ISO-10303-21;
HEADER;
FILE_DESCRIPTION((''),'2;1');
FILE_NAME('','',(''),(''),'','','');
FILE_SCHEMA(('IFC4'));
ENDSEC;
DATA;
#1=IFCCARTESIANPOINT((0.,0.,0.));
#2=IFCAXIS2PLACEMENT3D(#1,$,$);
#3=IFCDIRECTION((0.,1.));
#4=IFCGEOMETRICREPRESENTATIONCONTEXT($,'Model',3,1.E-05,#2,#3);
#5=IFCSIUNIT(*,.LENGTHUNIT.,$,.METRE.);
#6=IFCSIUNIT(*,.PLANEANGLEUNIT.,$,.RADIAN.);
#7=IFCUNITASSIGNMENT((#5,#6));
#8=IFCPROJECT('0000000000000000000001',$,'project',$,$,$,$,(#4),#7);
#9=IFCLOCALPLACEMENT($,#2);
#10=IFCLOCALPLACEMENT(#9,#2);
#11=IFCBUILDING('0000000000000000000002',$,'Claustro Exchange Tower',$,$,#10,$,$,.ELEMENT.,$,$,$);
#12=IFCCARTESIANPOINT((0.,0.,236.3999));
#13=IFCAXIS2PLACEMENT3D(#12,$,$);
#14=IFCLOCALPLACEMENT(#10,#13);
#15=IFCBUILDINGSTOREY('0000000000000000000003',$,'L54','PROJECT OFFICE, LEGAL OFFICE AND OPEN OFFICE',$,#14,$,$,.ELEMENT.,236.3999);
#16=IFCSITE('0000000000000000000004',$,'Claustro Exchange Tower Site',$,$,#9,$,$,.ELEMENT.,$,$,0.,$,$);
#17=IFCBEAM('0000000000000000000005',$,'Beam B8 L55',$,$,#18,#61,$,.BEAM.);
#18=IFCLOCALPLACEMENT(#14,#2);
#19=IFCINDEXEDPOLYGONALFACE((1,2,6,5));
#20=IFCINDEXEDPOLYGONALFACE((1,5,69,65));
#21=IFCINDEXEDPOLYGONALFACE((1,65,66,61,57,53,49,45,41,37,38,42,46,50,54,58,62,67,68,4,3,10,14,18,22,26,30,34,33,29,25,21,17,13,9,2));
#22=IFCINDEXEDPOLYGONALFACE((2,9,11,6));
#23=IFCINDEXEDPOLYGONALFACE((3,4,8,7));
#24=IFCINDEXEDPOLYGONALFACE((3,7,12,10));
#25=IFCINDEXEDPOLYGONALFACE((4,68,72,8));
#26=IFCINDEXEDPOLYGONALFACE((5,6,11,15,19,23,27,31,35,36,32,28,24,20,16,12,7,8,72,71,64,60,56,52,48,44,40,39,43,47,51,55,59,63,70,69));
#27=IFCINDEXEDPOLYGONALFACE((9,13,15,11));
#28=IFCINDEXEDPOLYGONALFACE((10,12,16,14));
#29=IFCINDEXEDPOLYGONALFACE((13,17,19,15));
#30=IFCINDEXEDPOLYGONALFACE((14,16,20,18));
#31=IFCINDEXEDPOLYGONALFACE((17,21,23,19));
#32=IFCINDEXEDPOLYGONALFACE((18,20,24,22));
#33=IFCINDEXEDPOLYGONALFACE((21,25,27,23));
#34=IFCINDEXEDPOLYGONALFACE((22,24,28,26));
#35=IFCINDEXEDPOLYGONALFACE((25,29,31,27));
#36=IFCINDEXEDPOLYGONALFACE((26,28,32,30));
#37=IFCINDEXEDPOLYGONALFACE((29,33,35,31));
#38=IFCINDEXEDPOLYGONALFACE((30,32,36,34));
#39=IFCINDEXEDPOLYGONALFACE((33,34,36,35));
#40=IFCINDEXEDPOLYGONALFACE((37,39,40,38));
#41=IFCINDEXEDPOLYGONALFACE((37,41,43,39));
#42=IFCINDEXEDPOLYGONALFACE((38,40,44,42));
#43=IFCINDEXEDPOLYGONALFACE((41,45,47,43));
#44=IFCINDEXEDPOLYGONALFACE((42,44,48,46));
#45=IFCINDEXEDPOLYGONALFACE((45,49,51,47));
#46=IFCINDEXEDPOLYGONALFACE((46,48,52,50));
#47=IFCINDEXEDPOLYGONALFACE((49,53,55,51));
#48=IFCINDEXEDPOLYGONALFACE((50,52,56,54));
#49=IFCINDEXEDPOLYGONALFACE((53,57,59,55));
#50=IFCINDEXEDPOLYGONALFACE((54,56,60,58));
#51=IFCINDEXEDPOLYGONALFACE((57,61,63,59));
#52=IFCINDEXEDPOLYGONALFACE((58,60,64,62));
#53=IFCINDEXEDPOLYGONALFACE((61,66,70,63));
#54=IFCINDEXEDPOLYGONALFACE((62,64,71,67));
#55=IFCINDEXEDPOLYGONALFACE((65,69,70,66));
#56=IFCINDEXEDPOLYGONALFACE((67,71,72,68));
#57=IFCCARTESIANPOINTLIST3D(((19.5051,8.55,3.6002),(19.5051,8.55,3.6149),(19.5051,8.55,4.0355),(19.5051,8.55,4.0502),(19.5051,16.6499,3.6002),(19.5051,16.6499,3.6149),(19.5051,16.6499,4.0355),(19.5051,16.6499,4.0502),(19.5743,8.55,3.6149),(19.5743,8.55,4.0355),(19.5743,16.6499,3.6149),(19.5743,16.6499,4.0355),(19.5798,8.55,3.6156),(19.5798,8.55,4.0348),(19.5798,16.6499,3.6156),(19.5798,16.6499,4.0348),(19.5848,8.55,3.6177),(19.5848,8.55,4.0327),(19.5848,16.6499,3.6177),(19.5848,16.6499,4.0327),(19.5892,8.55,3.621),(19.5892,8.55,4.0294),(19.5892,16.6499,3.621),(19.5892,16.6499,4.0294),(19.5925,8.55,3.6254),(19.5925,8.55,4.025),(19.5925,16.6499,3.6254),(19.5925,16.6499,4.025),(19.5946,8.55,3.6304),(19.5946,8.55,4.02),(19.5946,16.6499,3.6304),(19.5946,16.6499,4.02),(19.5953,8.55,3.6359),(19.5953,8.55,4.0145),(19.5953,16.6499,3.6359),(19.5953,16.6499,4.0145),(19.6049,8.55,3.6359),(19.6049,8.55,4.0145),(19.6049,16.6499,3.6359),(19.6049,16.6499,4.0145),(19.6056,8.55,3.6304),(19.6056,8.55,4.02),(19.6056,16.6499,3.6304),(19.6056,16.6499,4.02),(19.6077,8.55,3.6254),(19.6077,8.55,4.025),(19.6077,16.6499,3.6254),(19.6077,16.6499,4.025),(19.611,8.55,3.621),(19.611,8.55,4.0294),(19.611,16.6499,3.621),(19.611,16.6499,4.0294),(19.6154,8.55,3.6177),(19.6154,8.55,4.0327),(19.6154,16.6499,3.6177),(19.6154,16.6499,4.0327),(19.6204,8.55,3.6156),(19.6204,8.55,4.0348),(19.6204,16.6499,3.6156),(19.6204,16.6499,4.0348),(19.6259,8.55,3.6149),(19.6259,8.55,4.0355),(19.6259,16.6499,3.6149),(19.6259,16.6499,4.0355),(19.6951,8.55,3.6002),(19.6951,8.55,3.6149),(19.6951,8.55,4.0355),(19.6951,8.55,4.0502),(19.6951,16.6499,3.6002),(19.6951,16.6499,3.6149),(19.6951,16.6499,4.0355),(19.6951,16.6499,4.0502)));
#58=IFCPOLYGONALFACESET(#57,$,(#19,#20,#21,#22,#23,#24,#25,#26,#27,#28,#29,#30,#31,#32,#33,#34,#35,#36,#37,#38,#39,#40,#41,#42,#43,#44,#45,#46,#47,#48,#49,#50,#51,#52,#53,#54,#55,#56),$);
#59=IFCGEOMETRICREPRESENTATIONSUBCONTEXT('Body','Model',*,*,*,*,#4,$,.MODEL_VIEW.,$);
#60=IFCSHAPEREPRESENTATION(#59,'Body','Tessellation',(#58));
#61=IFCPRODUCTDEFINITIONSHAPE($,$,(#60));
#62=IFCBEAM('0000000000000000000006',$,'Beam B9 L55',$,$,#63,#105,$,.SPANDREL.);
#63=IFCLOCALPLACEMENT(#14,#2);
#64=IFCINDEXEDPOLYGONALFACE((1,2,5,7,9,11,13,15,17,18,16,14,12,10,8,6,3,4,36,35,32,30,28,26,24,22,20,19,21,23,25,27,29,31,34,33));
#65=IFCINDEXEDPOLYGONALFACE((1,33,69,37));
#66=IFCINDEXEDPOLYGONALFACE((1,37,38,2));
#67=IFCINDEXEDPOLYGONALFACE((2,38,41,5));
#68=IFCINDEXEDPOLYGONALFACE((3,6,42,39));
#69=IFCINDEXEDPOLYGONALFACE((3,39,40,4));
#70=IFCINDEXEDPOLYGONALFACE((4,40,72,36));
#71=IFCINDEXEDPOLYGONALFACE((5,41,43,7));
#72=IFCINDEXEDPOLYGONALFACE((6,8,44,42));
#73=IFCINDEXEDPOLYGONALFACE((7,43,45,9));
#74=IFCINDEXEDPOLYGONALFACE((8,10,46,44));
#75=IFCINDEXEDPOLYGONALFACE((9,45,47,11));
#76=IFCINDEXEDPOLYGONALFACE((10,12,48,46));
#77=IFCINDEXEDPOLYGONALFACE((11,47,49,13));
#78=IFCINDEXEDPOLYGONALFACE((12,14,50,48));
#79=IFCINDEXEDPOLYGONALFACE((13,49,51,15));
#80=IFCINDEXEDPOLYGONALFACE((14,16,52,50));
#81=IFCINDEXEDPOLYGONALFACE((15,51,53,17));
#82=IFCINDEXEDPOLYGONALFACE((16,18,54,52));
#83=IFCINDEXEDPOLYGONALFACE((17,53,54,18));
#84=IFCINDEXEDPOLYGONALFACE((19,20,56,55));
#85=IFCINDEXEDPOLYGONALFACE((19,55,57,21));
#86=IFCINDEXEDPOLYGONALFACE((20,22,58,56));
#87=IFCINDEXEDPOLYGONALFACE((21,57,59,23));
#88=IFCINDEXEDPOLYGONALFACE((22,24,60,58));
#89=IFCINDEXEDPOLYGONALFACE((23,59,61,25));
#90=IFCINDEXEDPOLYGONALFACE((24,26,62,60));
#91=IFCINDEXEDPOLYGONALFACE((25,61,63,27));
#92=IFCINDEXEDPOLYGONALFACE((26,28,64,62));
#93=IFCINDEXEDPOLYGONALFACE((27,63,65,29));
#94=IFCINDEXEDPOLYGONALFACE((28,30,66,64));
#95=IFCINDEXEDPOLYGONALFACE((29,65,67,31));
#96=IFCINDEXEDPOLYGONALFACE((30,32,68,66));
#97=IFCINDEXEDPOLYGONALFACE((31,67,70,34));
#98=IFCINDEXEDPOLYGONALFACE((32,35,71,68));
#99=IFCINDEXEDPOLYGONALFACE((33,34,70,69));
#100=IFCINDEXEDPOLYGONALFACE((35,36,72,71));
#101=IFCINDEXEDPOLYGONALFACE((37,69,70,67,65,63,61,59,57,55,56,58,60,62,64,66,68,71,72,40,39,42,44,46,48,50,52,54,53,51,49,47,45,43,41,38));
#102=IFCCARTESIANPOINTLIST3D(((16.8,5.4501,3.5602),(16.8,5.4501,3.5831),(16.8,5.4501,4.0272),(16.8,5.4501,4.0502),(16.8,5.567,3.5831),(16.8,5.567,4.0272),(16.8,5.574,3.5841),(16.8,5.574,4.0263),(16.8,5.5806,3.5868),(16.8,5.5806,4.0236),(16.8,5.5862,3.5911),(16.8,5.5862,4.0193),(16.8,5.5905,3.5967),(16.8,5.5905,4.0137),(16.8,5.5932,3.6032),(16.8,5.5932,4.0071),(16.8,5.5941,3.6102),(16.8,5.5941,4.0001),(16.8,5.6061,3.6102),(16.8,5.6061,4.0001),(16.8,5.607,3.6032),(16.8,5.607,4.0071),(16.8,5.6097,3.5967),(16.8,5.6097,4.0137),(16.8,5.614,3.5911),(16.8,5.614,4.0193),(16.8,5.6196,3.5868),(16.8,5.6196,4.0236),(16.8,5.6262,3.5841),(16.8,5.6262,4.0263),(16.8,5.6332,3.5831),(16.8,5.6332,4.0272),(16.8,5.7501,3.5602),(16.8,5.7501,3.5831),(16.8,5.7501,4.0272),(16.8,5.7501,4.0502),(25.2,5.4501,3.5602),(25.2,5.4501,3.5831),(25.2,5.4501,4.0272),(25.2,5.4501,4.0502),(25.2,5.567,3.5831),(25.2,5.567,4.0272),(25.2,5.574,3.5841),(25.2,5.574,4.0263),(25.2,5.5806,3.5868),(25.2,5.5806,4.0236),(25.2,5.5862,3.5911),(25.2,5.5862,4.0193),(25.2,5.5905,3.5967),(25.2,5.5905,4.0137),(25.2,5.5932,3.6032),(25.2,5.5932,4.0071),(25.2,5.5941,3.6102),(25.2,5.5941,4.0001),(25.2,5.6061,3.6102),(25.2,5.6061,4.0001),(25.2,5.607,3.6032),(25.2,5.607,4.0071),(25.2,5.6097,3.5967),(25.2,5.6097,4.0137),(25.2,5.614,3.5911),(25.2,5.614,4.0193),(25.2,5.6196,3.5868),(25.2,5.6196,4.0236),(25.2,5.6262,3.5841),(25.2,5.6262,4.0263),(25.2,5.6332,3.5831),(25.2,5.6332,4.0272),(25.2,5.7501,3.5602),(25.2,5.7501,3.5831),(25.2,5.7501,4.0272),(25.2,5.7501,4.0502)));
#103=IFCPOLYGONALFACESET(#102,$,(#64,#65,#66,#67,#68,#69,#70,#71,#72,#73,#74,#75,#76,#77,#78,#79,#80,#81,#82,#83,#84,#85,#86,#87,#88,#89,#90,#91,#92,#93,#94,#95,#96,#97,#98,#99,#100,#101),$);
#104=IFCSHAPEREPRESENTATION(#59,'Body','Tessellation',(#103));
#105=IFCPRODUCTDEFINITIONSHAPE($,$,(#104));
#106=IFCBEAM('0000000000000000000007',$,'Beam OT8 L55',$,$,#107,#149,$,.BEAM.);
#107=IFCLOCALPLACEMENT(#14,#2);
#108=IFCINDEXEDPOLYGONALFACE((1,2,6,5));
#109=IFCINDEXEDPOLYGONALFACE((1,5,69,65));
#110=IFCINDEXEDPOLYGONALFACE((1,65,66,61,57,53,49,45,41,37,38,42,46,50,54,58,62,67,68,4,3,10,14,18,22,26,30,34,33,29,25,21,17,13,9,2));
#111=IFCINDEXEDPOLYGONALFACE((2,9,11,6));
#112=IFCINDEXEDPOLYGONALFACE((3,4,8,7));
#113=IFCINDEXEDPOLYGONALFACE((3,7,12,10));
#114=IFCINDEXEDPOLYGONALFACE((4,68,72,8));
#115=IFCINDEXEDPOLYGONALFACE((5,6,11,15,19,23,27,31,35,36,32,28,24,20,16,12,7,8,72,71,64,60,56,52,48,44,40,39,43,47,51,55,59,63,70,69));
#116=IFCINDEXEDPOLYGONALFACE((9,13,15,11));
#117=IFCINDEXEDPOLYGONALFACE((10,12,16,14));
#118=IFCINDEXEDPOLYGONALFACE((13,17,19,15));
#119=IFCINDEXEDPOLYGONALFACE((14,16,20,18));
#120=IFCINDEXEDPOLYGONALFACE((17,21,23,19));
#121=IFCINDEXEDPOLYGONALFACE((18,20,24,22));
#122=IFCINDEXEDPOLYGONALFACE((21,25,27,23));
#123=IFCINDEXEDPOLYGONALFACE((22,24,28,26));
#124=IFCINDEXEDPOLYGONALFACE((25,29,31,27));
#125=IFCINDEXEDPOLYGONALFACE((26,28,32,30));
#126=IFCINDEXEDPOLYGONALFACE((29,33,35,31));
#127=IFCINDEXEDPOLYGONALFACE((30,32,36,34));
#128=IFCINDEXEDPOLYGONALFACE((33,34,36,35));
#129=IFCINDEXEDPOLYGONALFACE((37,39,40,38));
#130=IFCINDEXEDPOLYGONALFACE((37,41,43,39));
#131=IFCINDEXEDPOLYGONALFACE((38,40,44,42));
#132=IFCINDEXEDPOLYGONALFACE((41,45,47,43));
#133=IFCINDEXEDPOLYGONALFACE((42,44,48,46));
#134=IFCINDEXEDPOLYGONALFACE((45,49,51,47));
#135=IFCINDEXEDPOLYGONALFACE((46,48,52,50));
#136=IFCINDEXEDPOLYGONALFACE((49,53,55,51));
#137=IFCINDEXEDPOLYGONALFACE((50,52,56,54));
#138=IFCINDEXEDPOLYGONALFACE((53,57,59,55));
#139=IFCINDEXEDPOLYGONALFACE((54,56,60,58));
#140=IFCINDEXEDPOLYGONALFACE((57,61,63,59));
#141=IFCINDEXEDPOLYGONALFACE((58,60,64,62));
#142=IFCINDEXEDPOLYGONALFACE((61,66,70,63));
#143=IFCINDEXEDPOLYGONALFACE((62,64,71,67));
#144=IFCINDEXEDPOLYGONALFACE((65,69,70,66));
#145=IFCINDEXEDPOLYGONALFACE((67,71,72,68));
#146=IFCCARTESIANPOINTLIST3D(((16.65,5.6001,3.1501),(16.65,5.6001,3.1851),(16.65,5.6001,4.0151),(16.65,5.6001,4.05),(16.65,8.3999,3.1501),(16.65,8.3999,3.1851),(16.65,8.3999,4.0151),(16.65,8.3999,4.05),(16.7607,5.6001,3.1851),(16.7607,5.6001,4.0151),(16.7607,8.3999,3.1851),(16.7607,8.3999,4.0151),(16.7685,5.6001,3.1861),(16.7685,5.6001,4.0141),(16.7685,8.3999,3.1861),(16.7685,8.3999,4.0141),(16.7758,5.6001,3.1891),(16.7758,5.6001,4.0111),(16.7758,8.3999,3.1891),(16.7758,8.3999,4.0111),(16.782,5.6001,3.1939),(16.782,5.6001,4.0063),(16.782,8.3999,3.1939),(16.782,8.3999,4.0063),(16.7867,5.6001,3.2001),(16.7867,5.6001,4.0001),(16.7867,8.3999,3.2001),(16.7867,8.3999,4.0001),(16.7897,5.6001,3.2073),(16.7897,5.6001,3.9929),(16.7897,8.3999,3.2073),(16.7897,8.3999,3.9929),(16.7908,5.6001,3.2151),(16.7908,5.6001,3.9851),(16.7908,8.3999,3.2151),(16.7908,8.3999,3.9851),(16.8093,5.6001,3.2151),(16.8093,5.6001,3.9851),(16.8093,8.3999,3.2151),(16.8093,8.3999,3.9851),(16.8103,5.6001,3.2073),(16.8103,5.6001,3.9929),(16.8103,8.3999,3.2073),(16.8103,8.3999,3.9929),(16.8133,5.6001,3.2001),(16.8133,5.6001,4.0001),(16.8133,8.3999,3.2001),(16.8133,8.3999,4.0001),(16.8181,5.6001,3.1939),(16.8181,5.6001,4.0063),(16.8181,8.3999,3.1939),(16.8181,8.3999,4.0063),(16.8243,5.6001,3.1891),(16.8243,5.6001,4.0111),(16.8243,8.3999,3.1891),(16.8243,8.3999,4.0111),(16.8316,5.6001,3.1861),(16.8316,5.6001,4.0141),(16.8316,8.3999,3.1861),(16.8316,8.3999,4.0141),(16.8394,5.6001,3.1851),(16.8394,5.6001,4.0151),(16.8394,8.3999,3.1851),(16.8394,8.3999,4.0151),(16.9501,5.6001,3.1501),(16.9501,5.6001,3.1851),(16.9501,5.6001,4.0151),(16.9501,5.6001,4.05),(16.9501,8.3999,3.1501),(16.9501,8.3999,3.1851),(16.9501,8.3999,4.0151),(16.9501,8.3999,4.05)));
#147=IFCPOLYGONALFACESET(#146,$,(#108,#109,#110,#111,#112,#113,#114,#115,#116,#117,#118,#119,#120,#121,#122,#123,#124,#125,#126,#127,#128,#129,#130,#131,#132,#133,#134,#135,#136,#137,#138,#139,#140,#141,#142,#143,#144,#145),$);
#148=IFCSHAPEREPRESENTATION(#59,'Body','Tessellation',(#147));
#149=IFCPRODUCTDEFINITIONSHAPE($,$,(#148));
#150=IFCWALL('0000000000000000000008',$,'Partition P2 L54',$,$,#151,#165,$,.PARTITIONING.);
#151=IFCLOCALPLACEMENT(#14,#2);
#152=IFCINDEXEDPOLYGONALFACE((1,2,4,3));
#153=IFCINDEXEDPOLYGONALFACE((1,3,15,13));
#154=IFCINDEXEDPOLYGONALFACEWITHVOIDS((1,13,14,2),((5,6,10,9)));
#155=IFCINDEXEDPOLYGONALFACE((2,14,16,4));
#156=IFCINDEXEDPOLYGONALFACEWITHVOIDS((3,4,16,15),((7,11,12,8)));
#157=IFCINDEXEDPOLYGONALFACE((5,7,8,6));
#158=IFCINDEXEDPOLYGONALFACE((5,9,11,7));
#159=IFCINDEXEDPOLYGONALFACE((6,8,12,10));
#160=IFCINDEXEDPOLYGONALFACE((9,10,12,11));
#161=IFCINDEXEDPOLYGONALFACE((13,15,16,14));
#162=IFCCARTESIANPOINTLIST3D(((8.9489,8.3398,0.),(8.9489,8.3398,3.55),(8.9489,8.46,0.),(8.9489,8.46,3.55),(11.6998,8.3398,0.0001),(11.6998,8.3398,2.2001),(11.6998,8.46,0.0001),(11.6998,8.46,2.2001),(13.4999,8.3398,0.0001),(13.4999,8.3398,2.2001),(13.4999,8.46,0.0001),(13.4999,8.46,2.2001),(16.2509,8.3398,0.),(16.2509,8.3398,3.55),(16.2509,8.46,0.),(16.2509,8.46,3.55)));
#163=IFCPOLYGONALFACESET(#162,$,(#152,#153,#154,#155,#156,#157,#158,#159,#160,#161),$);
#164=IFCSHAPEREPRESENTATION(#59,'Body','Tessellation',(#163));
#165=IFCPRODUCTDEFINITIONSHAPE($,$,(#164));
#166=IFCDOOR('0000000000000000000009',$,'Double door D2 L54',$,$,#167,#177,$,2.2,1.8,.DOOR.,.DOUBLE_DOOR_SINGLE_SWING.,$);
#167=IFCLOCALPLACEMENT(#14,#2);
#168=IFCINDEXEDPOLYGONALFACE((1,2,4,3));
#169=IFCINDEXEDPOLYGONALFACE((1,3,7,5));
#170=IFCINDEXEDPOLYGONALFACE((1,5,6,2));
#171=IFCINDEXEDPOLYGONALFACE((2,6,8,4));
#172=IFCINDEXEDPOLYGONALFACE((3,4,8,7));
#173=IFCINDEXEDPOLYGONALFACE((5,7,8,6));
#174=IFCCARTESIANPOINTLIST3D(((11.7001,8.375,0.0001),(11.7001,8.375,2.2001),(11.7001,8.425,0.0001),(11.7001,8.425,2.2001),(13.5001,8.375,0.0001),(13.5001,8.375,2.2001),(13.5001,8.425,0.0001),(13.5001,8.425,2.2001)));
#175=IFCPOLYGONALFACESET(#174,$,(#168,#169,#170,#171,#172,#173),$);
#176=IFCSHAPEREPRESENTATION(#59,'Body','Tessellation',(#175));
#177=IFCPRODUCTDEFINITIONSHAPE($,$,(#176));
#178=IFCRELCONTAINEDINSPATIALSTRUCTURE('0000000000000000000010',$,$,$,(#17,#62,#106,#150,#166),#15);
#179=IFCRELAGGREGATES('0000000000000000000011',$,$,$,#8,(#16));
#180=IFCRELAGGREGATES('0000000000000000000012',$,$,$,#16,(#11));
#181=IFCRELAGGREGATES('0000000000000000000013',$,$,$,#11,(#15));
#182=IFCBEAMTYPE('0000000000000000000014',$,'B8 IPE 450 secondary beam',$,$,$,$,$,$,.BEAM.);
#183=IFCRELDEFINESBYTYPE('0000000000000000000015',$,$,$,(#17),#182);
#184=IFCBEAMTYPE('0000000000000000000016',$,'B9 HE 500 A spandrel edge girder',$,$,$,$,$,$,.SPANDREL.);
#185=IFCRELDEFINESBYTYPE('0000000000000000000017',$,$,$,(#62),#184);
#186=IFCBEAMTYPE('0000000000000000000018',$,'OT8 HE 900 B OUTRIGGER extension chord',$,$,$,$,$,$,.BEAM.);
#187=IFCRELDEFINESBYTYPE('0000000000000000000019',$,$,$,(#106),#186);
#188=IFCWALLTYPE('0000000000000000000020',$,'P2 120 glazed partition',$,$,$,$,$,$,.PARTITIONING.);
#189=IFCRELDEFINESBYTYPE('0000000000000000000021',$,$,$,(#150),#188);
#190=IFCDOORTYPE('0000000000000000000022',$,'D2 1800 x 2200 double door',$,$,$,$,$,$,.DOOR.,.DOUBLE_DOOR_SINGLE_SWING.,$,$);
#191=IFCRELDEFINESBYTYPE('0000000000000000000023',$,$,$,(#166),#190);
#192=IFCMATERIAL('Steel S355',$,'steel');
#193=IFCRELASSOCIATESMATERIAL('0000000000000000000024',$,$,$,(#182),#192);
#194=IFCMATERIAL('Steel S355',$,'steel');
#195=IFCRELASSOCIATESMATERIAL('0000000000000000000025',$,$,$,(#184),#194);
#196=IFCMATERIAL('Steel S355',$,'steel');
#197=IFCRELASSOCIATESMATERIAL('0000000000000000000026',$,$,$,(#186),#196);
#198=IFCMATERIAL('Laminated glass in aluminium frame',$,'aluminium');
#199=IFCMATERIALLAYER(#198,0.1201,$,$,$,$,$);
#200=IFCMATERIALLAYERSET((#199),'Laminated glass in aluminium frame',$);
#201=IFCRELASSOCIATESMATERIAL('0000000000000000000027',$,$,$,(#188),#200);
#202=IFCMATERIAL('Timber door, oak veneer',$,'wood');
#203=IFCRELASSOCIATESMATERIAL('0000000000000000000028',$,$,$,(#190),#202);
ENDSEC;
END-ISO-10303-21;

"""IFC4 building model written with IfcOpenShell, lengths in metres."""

from ifc_helpers import new_model, si_unit, direction, frame, frame_2d, origin, origin_2d, place, context, subcontext, project, spatial, rectangle, i_section, extrude, material, layer, layer_set, material_profile, profile_set, type_object, element, fill, save


model = new_model("IFC4")

# Units and contexts
model_context = context("Model", 3, precision=1e-05, world=origin(), true_north=direction((0.0, 1.0)))
body_context = subcontext(model_context, "Body", "Model", "MODEL_VIEW")
ifc_project = project(units=[si_unit("LENGTHUNIT", "METRE"), si_unit("PLANEANGLEUNIT", "RADIAN")], contexts=[model_context])

# Site, building, storey
site_placement = place(None, origin())
site = spatial("IfcSite", under=ifc_project, at=site_placement, Name="Claustro Exchange Tower Site", CompositionType="ELEMENT", RefElevation=0.0)
building_placement = place(site_placement, origin())
building = spatial("IfcBuilding", under=site, at=building_placement, Name="Claustro Exchange Tower", CompositionType="ELEMENT")
storey_placement = place(building_placement, frame((0.0, 0.0, 236.3999)))
storey = spatial("IfcBuildingStorey", under=building, at=storey_placement, Name="L54", Description="PROJECT OFFICE, LEGAL OFFICE AND OPEN OFFICE", CompositionType="ELEMENT", Elevation=236.3999)

# Beams
ifc_material_1 = material(Name="Steel S355", Category="steel")
ifc_material_profile_1 = material_profile(ifc_material_1, i_section(OverallWidth=0.1899, OverallDepth=0.45, WebThickness=0.0095, FlangeThickness=0.0146, FilletRadius=0.021, at=origin_2d()), Name="IPE 450")
ifc_profile_set_1 = profile_set([ifc_material_profile_1], Name="Steel S355")
beam_type_1 = type_object("IfcBeamType", Name="B8 IPE 450 secondary beam", PredefinedType="BEAM", material=ifc_profile_set_1)
beam_1_placement = place(storey_placement, frame((19.6001, 8.55, 3.8252), z_axis=(0.0, 1.0, 0.0), x_axis=(-1.0, 0.0, 0.0)))
element("IfcBeam", 1, at=beam_1_placement, inside=storey, type_object=beam_type_1, Name="Beam B8 L55", PredefinedType="BEAM", context=body_context, shape_type="SweptSolid", body=[
    extrude(i_section(OverallWidth=0.1899, OverallDepth=0.45, WebThickness=0.0095, FlangeThickness=0.0146, FilletRadius=0.021, at=origin_2d()), origin(), (0.0, 0.0, 1.0), 8.0999),
])
ifc_material_2 = material(Name="Steel S355", Category="steel")
ifc_material_profile_2 = material_profile(ifc_material_2, i_section(OverallWidth=0.3, OverallDepth=0.49, WebThickness=0.012, FlangeThickness=0.0229, FilletRadius=0.0271, at=origin_2d()), Name="HE 500 A")
ifc_profile_set_2 = profile_set([ifc_material_profile_2], Name="Steel S355")
beam_type_2 = type_object("IfcBeamType", Name="B9 HE 500 A spandrel edge girder", PredefinedType="SPANDREL", material=ifc_profile_set_2)
beam_2_placement = place(storey_placement, frame((16.8, 5.6001, 3.8052), z_axis=(1.0, 0.0, 0.0), x_axis=(0.0, 1.0, 0.0)))
element("IfcBeam", 2, at=beam_2_placement, inside=storey, type_object=beam_type_2, Name="Beam B9 L55", PredefinedType="SPANDREL", context=body_context, shape_type="SweptSolid", body=[
    extrude(i_section(OverallWidth=0.3, OverallDepth=0.49, WebThickness=0.012, FlangeThickness=0.0229, FilletRadius=0.0271, at=origin_2d()), origin(), (0.0, 0.0, 1.0), 8.3999),
])
ifc_material_3 = material(Name="Steel S355", Category="steel")
ifc_material_profile_3 = material_profile(ifc_material_3, i_section(OverallWidth=0.3, OverallDepth=0.8999, WebThickness=0.0186, FlangeThickness=0.0349, FilletRadius=0.03, at=origin_2d()), Name="HE 900 B")
ifc_profile_set_3 = profile_set([ifc_material_profile_3], Name="Steel S355")
beam_type_3 = type_object("IfcBeamType", Name="OT8 HE 900 B OUTRIGGER extension chord", PredefinedType="BEAM", material=ifc_profile_set_3)
beam_3_placement = place(storey_placement, frame((16.8, 5.6001, 3.6001), z_axis=(0.0, 1.0, 0.0), x_axis=(-1.0, 0.0, 0.0)))
element("IfcBeam", 3, at=beam_3_placement, inside=storey, type_object=beam_type_3, Name="Beam OT8 L55", PredefinedType="BEAM", context=body_context, shape_type="SweptSolid", body=[
    extrude(i_section(OverallWidth=0.3, OverallDepth=0.8999, WebThickness=0.0186, FlangeThickness=0.0349, FilletRadius=0.03, at=origin_2d()), origin(), (0.0, 0.0, 1.0), 2.7998),
])

# Wall, opening, door
ifc_material_4 = material(Name="Laminated glass in aluminium frame", Category="aluminium")
ifc_layer_1 = layer(ifc_material_4, 0.1201)
ifc_layer_set_1 = layer_set([ifc_layer_1], Name="Laminated glass in aluminium frame")
wall_type_1 = type_object("IfcWallType", Name="P2 120 glazed partition", PredefinedType="PARTITIONING", material=ifc_layer_set_1)
wall_1_placement = place(storey_placement, frame((8.949, 8.3999, 0.0), z_axis=(0.0, 0.0, 1.0), x_axis=(1.0, 0.0, 0.0)))
wall_1 = element("IfcWall", 4, at=wall_1_placement, inside=storey, type_object=wall_type_1, Name="Partition P2 L54", PredefinedType="PARTITIONING", context=body_context, shape_type="SweptSolid", body=[
    extrude(rectangle(XDim=7.302, YDim=0.1201, at=frame_2d((3.6509, 0.0))), origin(), (0.0, 0.0, 1.0), 3.55),
])
opening_1_placement = place(wall_1_placement, frame((2.751, 0.0, 0.0)))
opening_1 = element("IfcOpeningElement", 5, at=opening_1_placement, cuts=wall_1, PredefinedType="OPENING", context=body_context, shape_type="SweptSolid", body=[
    extrude(rectangle(XDim=1.8, YDim=2.2, at=frame_2d((0.8999, 1.1001))), frame((0.0, 0.0701, 0.0), z_axis=(0.0, -1.0, 0.0), x_axis=(1.0, 0.0, 0.0)), (0.0, 0.0, 1.0), 0.1401),
])
ifc_material_5 = material(Name="Timber door, oak veneer", Category="wood")
door_type_1 = type_object("IfcDoorType", Name="D2 1800 x 2200 double door", OperationType="DOUBLE_DOOR_SINGLE_SWING", PredefinedType="DOOR", material=ifc_material_5)
door_1_placement = place(opening_1_placement, frame((1.8, 0.0, 0.0), z_axis=(0.0, 0.0, 1.0), x_axis=(-1.0, 0.0, 0.0)))
door_1 = element("IfcDoor", 6, at=door_1_placement, inside=storey, type_object=door_type_1, Name="Double door D2 L54", OperationType="DOUBLE_DOOR_SINGLE_SWING", OverallHeight=2.2, OverallWidth=1.8, PredefinedType="DOOR", context=body_context, shape_type="SweptSolid", body=[
    extrude(rectangle(XDim=1.8, YDim=2.2, at=frame_2d((0.8999, 1.1001))), frame((0.0, 0.0249, 0.0), z_axis=(0.0, -1.0, 0.0), x_axis=(1.0, 0.0, 0.0)), (0.0, 0.0, 1.0), 0.05),
])
fill(opening_1, door_1)

save(model, "model.ifc")
